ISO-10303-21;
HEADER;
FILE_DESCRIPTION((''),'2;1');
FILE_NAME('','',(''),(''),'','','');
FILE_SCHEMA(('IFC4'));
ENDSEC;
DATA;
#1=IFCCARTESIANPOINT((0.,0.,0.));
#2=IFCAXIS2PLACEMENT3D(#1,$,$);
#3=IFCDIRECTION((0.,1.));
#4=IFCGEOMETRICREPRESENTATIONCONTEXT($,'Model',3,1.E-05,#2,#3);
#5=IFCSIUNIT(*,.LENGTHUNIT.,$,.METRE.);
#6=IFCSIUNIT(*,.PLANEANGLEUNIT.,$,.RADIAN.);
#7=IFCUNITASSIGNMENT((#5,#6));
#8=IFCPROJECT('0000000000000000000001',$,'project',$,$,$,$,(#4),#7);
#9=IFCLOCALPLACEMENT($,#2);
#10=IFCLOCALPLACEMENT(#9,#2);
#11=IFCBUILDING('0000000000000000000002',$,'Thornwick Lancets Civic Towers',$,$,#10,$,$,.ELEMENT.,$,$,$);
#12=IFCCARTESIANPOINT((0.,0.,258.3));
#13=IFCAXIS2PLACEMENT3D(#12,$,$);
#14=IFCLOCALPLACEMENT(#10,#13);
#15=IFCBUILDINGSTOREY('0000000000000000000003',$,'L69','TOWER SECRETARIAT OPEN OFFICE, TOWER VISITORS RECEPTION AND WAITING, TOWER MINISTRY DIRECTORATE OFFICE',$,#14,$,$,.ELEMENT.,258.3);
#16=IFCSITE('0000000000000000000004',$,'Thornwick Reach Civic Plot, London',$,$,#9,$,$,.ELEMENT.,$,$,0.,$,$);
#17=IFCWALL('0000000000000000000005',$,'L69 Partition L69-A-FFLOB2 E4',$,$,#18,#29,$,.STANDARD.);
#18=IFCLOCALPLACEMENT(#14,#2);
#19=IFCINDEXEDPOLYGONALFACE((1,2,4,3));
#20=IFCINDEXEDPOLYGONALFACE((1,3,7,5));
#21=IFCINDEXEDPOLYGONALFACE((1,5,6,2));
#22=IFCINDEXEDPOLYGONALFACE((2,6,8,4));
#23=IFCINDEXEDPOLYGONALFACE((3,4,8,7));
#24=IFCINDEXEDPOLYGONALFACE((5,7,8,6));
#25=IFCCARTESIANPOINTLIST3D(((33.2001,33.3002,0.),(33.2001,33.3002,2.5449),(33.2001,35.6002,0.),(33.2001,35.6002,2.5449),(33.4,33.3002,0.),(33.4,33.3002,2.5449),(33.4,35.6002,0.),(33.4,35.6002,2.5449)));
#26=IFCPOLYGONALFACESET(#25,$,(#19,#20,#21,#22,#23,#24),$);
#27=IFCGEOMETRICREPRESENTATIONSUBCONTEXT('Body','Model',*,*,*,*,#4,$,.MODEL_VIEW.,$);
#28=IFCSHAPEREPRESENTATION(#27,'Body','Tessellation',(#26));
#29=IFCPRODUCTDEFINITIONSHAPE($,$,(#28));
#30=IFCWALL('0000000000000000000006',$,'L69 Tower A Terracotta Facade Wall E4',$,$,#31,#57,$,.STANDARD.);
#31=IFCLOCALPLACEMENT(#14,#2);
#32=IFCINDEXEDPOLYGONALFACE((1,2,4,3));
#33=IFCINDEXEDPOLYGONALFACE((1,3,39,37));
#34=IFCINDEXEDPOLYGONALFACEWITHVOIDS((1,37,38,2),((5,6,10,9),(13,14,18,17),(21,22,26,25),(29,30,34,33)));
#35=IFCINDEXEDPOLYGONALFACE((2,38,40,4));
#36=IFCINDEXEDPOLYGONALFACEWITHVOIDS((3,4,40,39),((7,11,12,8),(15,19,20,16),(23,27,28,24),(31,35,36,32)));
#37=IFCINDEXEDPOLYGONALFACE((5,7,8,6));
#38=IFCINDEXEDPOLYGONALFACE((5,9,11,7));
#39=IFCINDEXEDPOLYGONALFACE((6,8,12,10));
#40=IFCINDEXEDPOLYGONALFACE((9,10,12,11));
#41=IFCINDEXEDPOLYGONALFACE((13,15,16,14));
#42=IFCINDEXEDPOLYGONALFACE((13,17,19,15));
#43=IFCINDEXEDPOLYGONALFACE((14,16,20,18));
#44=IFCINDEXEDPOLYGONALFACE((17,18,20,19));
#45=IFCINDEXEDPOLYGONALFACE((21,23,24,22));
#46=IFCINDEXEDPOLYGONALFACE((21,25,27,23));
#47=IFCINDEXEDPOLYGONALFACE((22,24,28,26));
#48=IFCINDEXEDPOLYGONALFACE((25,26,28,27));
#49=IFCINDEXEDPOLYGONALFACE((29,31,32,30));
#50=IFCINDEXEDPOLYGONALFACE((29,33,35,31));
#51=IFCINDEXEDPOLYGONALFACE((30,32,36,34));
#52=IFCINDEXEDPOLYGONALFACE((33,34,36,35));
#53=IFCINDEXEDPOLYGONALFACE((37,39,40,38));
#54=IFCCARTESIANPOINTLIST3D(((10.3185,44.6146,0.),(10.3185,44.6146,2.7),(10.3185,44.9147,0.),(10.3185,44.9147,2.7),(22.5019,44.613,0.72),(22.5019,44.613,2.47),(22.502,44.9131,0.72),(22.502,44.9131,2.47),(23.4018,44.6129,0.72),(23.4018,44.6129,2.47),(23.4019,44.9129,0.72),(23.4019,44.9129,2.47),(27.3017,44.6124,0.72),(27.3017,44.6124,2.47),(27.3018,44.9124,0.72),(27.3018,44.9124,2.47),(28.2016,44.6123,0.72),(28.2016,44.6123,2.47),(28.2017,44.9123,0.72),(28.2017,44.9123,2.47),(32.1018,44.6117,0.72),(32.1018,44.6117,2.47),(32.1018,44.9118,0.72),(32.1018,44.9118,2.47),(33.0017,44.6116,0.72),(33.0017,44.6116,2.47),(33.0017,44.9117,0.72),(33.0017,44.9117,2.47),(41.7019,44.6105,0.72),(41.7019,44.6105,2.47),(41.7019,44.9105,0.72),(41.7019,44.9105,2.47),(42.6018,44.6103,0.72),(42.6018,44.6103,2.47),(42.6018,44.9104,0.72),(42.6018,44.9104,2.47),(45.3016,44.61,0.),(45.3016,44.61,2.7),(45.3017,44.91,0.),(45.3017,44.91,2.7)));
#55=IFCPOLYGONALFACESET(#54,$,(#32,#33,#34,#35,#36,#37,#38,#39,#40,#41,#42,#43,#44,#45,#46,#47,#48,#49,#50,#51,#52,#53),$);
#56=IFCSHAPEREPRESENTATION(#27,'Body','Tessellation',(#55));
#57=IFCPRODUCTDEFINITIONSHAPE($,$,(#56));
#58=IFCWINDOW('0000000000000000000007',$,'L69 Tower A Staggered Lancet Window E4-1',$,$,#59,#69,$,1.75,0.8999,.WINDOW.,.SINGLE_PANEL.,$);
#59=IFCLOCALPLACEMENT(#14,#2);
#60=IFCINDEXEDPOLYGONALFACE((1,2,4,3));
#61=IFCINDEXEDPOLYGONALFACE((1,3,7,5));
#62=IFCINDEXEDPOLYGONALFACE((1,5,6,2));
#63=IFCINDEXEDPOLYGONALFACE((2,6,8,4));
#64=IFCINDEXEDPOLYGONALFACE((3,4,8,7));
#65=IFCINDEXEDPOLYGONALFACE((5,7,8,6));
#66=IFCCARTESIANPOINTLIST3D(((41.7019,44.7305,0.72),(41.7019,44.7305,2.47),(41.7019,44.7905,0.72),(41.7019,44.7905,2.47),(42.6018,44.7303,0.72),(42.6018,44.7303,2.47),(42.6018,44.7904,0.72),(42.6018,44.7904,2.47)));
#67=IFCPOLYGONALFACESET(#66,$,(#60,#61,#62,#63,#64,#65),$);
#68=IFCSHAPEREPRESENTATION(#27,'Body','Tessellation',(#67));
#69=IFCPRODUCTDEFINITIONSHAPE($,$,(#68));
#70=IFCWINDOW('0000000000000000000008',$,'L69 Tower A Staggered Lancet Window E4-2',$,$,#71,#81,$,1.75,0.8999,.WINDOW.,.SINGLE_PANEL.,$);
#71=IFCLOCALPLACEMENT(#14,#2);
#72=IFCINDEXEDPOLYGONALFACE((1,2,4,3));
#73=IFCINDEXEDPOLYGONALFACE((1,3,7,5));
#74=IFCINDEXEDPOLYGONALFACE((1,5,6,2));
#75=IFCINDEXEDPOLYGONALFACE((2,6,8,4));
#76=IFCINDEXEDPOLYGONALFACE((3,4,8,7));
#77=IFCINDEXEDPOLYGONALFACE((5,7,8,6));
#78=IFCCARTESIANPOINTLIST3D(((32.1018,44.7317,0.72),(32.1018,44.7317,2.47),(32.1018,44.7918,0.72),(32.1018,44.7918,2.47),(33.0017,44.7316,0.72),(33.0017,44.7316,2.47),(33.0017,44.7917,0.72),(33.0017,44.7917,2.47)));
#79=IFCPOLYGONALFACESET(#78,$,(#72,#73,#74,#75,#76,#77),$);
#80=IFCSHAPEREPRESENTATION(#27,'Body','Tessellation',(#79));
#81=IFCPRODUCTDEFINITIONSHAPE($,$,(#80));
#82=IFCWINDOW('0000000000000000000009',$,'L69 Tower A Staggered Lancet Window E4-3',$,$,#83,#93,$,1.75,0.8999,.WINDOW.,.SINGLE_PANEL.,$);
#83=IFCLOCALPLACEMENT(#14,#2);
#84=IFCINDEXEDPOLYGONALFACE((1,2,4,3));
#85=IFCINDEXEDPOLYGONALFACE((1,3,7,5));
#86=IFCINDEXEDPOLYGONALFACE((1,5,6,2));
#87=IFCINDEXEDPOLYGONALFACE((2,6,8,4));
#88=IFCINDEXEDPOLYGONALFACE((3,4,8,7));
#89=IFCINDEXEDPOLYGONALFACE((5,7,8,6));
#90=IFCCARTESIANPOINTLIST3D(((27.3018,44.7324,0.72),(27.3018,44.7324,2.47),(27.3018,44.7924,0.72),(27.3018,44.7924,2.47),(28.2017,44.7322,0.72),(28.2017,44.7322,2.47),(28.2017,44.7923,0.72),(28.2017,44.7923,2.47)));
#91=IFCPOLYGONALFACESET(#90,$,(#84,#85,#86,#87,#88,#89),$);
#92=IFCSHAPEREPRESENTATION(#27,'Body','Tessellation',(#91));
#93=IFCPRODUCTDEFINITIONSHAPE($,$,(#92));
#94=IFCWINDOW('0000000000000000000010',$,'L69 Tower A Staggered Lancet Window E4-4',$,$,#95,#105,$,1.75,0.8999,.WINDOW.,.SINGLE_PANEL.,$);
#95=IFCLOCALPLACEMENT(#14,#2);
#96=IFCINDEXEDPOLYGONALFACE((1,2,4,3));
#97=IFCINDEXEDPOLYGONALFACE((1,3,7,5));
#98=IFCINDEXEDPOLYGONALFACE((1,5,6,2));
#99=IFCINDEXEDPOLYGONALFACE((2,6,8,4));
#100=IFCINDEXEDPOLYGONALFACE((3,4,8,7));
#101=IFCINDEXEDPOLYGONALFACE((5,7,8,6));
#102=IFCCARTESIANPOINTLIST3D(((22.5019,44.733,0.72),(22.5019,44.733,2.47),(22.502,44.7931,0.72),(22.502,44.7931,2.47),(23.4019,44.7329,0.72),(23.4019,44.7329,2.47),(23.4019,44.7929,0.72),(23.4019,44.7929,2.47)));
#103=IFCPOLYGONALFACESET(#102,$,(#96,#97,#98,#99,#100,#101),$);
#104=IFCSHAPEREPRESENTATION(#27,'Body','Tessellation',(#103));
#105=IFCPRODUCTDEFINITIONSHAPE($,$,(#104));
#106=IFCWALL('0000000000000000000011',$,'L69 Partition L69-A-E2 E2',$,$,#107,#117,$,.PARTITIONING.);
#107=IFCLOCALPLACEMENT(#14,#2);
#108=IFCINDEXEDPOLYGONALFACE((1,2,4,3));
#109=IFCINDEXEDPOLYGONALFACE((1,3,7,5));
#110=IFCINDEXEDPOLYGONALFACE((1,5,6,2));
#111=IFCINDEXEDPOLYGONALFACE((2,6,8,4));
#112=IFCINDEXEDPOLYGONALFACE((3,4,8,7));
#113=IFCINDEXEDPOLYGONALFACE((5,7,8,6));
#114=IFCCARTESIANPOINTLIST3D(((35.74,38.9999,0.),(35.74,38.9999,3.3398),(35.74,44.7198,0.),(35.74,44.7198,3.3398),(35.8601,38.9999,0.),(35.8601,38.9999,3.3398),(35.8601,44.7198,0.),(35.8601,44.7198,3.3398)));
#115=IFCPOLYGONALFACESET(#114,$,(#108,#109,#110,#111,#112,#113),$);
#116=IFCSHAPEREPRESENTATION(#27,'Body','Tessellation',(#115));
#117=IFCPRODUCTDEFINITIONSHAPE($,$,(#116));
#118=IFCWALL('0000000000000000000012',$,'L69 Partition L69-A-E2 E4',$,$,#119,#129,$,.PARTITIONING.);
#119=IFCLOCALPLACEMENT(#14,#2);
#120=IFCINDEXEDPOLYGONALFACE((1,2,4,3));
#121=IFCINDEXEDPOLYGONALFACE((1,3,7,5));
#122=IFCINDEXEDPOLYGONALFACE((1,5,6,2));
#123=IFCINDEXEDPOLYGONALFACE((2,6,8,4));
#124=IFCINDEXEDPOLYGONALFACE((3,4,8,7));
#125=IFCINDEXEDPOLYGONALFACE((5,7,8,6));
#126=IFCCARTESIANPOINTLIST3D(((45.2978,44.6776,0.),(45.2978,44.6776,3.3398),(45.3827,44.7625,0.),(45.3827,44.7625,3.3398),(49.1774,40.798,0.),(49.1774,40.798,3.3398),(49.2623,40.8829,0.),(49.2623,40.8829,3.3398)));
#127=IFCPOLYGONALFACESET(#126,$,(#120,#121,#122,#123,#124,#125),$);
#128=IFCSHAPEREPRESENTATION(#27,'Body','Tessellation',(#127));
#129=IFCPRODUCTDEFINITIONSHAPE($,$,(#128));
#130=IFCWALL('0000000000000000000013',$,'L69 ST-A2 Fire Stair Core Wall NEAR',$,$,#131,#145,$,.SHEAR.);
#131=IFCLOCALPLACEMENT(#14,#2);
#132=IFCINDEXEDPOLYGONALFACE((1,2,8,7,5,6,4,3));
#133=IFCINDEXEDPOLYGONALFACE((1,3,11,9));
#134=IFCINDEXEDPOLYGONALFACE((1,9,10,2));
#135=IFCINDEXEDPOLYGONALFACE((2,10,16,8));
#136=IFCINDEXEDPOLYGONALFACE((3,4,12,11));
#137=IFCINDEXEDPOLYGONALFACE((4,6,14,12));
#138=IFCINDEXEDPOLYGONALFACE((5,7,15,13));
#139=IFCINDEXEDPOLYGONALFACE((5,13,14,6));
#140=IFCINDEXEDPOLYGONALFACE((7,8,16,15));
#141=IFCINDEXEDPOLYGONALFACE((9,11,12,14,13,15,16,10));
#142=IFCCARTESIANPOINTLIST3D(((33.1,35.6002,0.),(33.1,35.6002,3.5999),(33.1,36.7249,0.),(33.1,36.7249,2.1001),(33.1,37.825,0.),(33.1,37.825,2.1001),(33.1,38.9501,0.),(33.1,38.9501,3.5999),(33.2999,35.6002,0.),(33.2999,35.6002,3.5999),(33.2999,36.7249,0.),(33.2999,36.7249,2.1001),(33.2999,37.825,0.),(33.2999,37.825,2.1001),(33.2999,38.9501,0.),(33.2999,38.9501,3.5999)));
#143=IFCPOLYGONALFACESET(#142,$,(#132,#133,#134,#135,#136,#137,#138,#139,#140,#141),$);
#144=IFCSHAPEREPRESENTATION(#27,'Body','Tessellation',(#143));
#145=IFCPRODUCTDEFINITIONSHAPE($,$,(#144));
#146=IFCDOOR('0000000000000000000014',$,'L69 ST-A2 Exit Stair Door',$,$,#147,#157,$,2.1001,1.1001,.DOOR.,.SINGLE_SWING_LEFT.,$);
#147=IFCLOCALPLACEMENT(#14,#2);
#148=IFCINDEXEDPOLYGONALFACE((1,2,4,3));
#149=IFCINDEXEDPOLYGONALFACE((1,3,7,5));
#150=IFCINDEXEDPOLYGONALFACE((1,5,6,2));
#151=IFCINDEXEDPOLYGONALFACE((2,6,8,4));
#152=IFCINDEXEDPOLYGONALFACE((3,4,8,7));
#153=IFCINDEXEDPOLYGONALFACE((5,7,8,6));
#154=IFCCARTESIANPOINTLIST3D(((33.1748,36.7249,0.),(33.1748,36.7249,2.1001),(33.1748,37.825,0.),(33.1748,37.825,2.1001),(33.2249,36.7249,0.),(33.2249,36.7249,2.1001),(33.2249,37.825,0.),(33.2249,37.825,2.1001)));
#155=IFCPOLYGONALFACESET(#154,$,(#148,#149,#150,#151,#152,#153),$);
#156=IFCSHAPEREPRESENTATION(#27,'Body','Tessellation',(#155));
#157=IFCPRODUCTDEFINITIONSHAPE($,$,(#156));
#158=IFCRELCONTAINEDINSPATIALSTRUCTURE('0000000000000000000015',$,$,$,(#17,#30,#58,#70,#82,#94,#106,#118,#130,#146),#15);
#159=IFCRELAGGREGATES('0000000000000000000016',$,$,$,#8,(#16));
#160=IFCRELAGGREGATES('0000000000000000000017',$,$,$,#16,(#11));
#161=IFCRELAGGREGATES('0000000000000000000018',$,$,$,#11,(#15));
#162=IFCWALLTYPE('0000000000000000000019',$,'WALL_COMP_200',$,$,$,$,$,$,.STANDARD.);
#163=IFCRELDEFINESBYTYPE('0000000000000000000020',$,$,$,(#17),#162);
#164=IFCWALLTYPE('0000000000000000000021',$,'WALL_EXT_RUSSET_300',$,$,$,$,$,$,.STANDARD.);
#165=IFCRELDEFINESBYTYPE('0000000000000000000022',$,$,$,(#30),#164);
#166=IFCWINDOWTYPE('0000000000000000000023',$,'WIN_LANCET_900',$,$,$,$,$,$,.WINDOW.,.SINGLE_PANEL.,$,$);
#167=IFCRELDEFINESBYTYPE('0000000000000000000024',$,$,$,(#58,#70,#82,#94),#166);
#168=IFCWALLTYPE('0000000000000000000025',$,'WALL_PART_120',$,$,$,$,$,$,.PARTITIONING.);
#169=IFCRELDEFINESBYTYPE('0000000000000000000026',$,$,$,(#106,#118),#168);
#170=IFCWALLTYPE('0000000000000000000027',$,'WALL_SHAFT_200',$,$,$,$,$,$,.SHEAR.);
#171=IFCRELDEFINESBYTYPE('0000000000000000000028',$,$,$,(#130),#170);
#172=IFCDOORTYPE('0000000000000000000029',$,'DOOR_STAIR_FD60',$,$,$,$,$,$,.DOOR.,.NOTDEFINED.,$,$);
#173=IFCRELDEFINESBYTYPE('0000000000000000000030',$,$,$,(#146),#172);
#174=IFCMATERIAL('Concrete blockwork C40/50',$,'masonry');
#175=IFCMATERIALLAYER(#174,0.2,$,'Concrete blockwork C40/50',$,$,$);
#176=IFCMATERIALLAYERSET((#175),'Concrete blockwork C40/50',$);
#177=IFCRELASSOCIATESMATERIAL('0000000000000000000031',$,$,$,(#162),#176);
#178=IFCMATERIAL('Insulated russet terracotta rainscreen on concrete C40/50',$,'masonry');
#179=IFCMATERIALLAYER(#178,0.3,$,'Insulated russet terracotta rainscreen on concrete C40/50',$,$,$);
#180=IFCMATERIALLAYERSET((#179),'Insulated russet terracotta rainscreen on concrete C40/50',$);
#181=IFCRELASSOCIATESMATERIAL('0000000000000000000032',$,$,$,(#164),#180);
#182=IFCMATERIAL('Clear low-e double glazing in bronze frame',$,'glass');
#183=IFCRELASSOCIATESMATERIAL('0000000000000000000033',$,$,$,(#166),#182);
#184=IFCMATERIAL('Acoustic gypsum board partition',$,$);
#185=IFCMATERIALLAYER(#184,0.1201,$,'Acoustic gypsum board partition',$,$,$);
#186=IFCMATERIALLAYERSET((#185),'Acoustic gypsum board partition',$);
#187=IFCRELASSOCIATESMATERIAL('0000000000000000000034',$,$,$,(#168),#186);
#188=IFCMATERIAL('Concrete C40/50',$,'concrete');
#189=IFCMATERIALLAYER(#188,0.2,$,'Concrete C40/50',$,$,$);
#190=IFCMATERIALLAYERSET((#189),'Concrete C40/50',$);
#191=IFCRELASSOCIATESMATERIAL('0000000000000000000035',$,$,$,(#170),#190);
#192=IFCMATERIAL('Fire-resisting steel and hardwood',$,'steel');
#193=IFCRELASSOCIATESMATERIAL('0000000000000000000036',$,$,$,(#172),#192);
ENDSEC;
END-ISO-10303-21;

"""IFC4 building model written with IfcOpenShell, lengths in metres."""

from ifc_helpers import new_model, si_unit, direction, frame, frame_2d, origin, place, context, subcontext, project, spatial, rectangle, extrude, material, layer, layer_set, type_object, element, fill, save


model = new_model("IFC4")

# Units and contexts
model_context = context("Model", 3, precision=1e-05, world=origin(), true_north=direction((0.0, 1.0)))
body_context = subcontext(model_context, "Body", "Model", "MODEL_VIEW")
ifc_project = project(units=[si_unit("LENGTHUNIT", "METRE"), si_unit("PLANEANGLEUNIT", "RADIAN")], contexts=[model_context])

# Site, building, storey
site_placement = place(None, origin())
site = spatial("IfcSite", under=ifc_project, at=site_placement, Name="Thornwick Reach Civic Plot, London", CompositionType="ELEMENT", RefElevation=0.0)
building_placement = place(site_placement, origin())
building = spatial("IfcBuilding", under=site, at=building_placement, Name="Thornwick Lancets Civic Towers", CompositionType="ELEMENT")
storey_placement = place(building_placement, frame((0.0, 0.0, 258.3)))
storey = spatial("IfcBuildingStorey", under=building, at=storey_placement, Name="L69", Description="TOWER SECRETARIAT OPEN OFFICE, TOWER VISITORS RECEPTION AND WAITING, TOWER MINISTRY DIRECTORATE OFFICE", CompositionType="ELEMENT", Elevation=258.3)

# Wall
ifc_material_1 = material(Name="Concrete blockwork C40/50", Category="masonry")
ifc_layer_1 = layer(ifc_material_1, 0.2, Name="Concrete blockwork C40/50")
ifc_layer_set_1 = layer_set([ifc_layer_1], Name="Concrete blockwork C40/50")
wall_type_1 = type_object("IfcWallType", Name="WALL_COMP_200", PredefinedType="STANDARD", material=ifc_layer_set_1)
wall_1_placement = place(storey_placement, frame((33.3, 35.6001, 0.0), z_axis=(0.0, 0.0, 1.0), x_axis=(0.0, -1.0, 0.0)))
element("IfcWall", 1, at=wall_1_placement, inside=storey, type_object=wall_type_1, Name="L69 Partition L69-A-FFLOB2 E4", PredefinedType="STANDARD", context=body_context, shape_type="SweptSolid", body=[
    extrude(rectangle(XDim=2.3, YDim=0.2, at=frame_2d((1.1499, 0.0))), origin(), (0.0, 0.0, 1.0), 2.5449),
])

# Wall, openings, windows
ifc_material_2 = material(Name="Insulated russet terracotta rainscreen on concrete C40/50", Category="masonry")
ifc_layer_2 = layer(ifc_material_2, 0.3, Name="Insulated russet terracotta rainscreen on concrete C40/50")
ifc_layer_set_2 = layer_set([ifc_layer_2], Name="Insulated russet terracotta rainscreen on concrete C40/50")
wall_type_2 = type_object("IfcWallType", Name="WALL_EXT_RUSSET_300", PredefinedType="STANDARD", material=ifc_layer_set_2)
wall_2_placement = place(storey_placement, frame((45.3018, 44.76, 0.0), z_axis=(0.0, 0.0, 1.0), x_axis=(-1.0, 0.000133, 0.0)))
wall_2 = element("IfcWall", 2, at=wall_2_placement, inside=storey, type_object=wall_type_2, Name="L69 Tower A Terracotta Facade Wall E4", PredefinedType="STANDARD", context=body_context, shape_type="SweptSolid", body=[
    extrude(rectangle(XDim=34.9832, YDim=0.3, at=frame_2d((17.4917, 0.0))), origin(), (0.0, 0.0, 1.0), 2.7),
])
opening_1_placement = place(wall_2_placement, frame((2.7, 0.0, 0.72)))
opening_1 = element("IfcOpeningElement", 3, at=opening_1_placement, cuts=wall_2, PredefinedType="OPENING", context=body_context, shape_type="SweptSolid", body=[
    extrude(rectangle(XDim=0.8999, YDim=1.75, at=frame_2d((0.45, 0.875))), frame((0.0, 0.1602, 0.0), z_axis=(0.0, -1.0, 0.0), x_axis=(1.0, 0.0, 0.0)), (0.0, 0.0, 1.0), 0.3201),
])
opening_2_placement = place(wall_2_placement, frame((12.3, 0.0, 0.72)))
opening_2 = element("IfcOpeningElement", 4, at=opening_2_placement, cuts=wall_2, PredefinedType="OPENING", context=body_context, shape_type="SweptSolid", body=[
    extrude(rectangle(XDim=0.8999, YDim=1.75, at=frame_2d((0.45, 0.875))), frame((0.0, 0.1602, 0.0), z_axis=(0.0, -1.0, 0.0), x_axis=(1.0, 0.0, 0.0)), (0.0, 0.0, 1.0), 0.3201),
])
opening_3_placement = place(wall_2_placement, frame((17.1001, 0.0, 0.72)))
opening_3 = element("IfcOpeningElement", 5, at=opening_3_placement, cuts=wall_2, PredefinedType="OPENING", context=body_context, shape_type="SweptSolid", body=[
    extrude(rectangle(XDim=0.8999, YDim=1.75, at=frame_2d((0.45, 0.875))), frame((0.0, 0.1602, 0.0), z_axis=(0.0, -1.0, 0.0), x_axis=(1.0, 0.0, 0.0)), (0.0, 0.0, 1.0), 0.3201),
])
opening_4_placement = place(wall_2_placement, frame((21.8999, 0.0, 0.72)))
opening_4 = element("IfcOpeningElement", 6, at=opening_4_placement, cuts=wall_2, PredefinedType="OPENING", context=body_context, shape_type="SweptSolid", body=[
    extrude(rectangle(XDim=0.8999, YDim=1.75, at=frame_2d((0.45, 0.875))), frame((0.0, 0.1602, 0.0), z_axis=(0.0, -1.0, 0.0), x_axis=(1.0, 0.0, 0.0)), (0.0, 0.0, 1.0), 0.3201),
])
ifc_material_3 = material(Name="Clear low-e double glazing in bronze frame", Category="glass")
window_type = type_object("IfcWindowType", Name="WIN_LANCET_900", PartitioningType="SINGLE_PANEL", PredefinedType="WINDOW", material=ifc_material_3)
window_1_placement = place(opening_1_placement, origin())
window_1 = element("IfcWindow", 7, at=window_1_placement, inside=storey, type_object=window_type, Name="L69 Tower A Staggered Lancet Window E4-1", OverallHeight=1.75, OverallWidth=0.8999, PartitioningType="SINGLE_PANEL", PredefinedType="WINDOW", context=body_context, shape_type="SweptSolid", body=[
    extrude(rectangle(XDim=0.8999, YDim=1.75, at=frame_2d((0.45, 0.875))), frame((0.0, 0.03, 0.0), z_axis=(0.0, -1.0, 0.0), x_axis=(1.0, 0.0, 0.0)), (0.0, 0.0, 1.0), 0.0601),
])
fill(opening_1, window_1)
window_2_placement = place(opening_2_placement, origin())
window_2 = element("IfcWindow", 8, at=window_2_placement, inside=storey, type_object=window_type, Name="L69 Tower A Staggered Lancet Window E4-2", OverallHeight=1.75, OverallWidth=0.8999, PartitioningType="SINGLE_PANEL", PredefinedType="WINDOW", context=body_context, shape_type="SweptSolid", body=[
    extrude(rectangle(XDim=0.8999, YDim=1.75, at=frame_2d((0.45, 0.875))), frame((0.0, 0.03, 0.0), z_axis=(0.0, -1.0, 0.0), x_axis=(1.0, 0.0, 0.0)), (0.0, 0.0, 1.0), 0.0601),
])
fill(opening_2, window_2)
window_3_placement = place(opening_3_placement, origin())
window_3 = element("IfcWindow", 9, at=window_3_placement, inside=storey, type_object=window_type, Name="L69 Tower A Staggered Lancet Window E4-3", OverallHeight=1.75, OverallWidth=0.8999, PartitioningType="SINGLE_PANEL", PredefinedType="WINDOW", context=body_context, shape_type="SweptSolid", body=[
    extrude(rectangle(XDim=0.8999, YDim=1.75, at=frame_2d((0.45, 0.875))), frame((0.0, 0.03, 0.0), z_axis=(0.0, -1.0, 0.0), x_axis=(1.0, 0.0, 0.0)), (0.0, 0.0, 1.0), 0.0601),
])
fill(opening_3, window_3)
window_4_placement = place(opening_4_placement, origin())
window_4 = element("IfcWindow", 10, at=window_4_placement, inside=storey, type_object=window_type, Name="L69 Tower A Staggered Lancet Window E4-4", OverallHeight=1.75, OverallWidth=0.8999, PartitioningType="SINGLE_PANEL", PredefinedType="WINDOW", context=body_context, shape_type="SweptSolid", body=[
    extrude(rectangle(XDim=0.8999, YDim=1.75, at=frame_2d((0.45, 0.875))), frame((0.0, 0.03, 0.0), z_axis=(0.0, -1.0, 0.0), x_axis=(1.0, 0.0, 0.0)), (0.0, 0.0, 1.0), 0.0601),
])
fill(opening_4, window_4)

# Walls
ifc_material_4 = material(Name="Acoustic gypsum board partition")
ifc_layer_3 = layer(ifc_material_4, 0.1201, Name="Acoustic gypsum board partition")
ifc_layer_set_3 = layer_set([ifc_layer_3], Name="Acoustic gypsum board partition")
wall_type_3 = type_object("IfcWallType", Name="WALL_PART_120", PredefinedType="PARTITIONING", material=ifc_layer_set_3)
wall_3_placement = place(storey_placement, frame((35.8, 39.0, 0.0), z_axis=(0.0, 0.0, 1.0), x_axis=(0.0, 1.0, 0.0)))
element("IfcWall", 11, at=wall_3_placement, inside=storey, type_object=wall_type_3, Name="L69 Partition L69-A-E2 E2", PredefinedType="PARTITIONING", context=body_context, shape_type="SweptSolid", body=[
    extrude(rectangle(XDim=5.72, YDim=0.1201, at=frame_2d((2.8599, 0.0))), origin(), (0.0, 0.0, 1.0), 3.3398),
])
wall_4_placement = place(storey_placement, frame((45.3403, 44.72, 0.0), z_axis=(0.0, 0.0, 1.0), x_axis=(0.707107, -0.707107, 0.0)))
element("IfcWall", 12, at=wall_4_placement, inside=storey, type_object=wall_type_3, Name="L69 Partition L69-A-E2 E4", PredefinedType="PARTITIONING", context=body_context, shape_type="SweptSolid", body=[
    extrude(rectangle(XDim=5.4866, YDim=0.1201, at=frame_2d((2.7432, 0.0))), origin(), (0.0, 0.0, 1.0), 3.3398),
])

# Wall, opening, door
ifc_material_5 = material(Name="Concrete C40/50", Category="concrete")
ifc_layer_4 = layer(ifc_material_5, 0.2, Name="Concrete C40/50")
ifc_layer_set_4 = layer_set([ifc_layer_4], Name="Concrete C40/50")
wall_type_4 = type_object("IfcWallType", Name="WALL_SHAFT_200", PredefinedType="SHEAR", material=ifc_layer_set_4)
wall_5_placement = place(storey_placement, frame((33.2, 38.95, 0.0), z_axis=(0.0, 0.0, 1.0), x_axis=(0.0, -1.0, 0.0)))
wall_5 = element("IfcWall", 13, at=wall_5_placement, inside=storey, type_object=wall_type_4, Name="L69 ST-A2 Fire Stair Core Wall NEAR", PredefinedType="SHEAR", context=body_context, shape_type="SweptSolid", body=[
    extrude(rectangle(XDim=3.3499, YDim=0.2, at=frame_2d((1.6748, 0.0))), origin(), (0.0, 0.0, 1.0), 3.5999),
])
opening_5_placement = place(wall_5_placement, frame((1.125, 0.0, 0.0)))
opening_5 = element("IfcOpeningElement", 14, at=opening_5_placement, cuts=wall_5, PredefinedType="OPENING", context=body_context, shape_type="SweptSolid", body=[
    extrude(rectangle(XDim=1.1001, YDim=2.1001, at=frame_2d((0.55, 1.05))), frame((0.0, 0.1099, 0.0), z_axis=(0.0, -1.0, 0.0), x_axis=(1.0, 0.0, 0.0)), (0.0, 0.0, 1.0), 0.22),
])
ifc_material_6 = material(Name="Fire-resisting steel and hardwood", Category="steel")
door_type = type_object("IfcDoorType", Name="DOOR_STAIR_FD60", OperationType="NOTDEFINED", PredefinedType="DOOR", material=ifc_material_6)
door_placement = place(opening_5_placement, origin())
door = element("IfcDoor", 15, at=door_placement, inside=storey, type_object=door_type, Name="L69 ST-A2 Exit Stair Door", OperationType="SINGLE_SWING_LEFT", OverallHeight=2.1001, OverallWidth=1.1001, PredefinedType="DOOR", context=body_context, shape_type="SweptSolid", body=[
    extrude(rectangle(XDim=1.1001, YDim=2.1001, at=frame_2d((0.55, 1.05))), frame((0.0, 0.0249, 0.0), z_axis=(0.0, -1.0, 0.0), x_axis=(1.0, 0.0, 0.0)), (0.0, 0.0, 1.0), 0.05),
])
fill(opening_5, door)

save(model, "model.ifc")
